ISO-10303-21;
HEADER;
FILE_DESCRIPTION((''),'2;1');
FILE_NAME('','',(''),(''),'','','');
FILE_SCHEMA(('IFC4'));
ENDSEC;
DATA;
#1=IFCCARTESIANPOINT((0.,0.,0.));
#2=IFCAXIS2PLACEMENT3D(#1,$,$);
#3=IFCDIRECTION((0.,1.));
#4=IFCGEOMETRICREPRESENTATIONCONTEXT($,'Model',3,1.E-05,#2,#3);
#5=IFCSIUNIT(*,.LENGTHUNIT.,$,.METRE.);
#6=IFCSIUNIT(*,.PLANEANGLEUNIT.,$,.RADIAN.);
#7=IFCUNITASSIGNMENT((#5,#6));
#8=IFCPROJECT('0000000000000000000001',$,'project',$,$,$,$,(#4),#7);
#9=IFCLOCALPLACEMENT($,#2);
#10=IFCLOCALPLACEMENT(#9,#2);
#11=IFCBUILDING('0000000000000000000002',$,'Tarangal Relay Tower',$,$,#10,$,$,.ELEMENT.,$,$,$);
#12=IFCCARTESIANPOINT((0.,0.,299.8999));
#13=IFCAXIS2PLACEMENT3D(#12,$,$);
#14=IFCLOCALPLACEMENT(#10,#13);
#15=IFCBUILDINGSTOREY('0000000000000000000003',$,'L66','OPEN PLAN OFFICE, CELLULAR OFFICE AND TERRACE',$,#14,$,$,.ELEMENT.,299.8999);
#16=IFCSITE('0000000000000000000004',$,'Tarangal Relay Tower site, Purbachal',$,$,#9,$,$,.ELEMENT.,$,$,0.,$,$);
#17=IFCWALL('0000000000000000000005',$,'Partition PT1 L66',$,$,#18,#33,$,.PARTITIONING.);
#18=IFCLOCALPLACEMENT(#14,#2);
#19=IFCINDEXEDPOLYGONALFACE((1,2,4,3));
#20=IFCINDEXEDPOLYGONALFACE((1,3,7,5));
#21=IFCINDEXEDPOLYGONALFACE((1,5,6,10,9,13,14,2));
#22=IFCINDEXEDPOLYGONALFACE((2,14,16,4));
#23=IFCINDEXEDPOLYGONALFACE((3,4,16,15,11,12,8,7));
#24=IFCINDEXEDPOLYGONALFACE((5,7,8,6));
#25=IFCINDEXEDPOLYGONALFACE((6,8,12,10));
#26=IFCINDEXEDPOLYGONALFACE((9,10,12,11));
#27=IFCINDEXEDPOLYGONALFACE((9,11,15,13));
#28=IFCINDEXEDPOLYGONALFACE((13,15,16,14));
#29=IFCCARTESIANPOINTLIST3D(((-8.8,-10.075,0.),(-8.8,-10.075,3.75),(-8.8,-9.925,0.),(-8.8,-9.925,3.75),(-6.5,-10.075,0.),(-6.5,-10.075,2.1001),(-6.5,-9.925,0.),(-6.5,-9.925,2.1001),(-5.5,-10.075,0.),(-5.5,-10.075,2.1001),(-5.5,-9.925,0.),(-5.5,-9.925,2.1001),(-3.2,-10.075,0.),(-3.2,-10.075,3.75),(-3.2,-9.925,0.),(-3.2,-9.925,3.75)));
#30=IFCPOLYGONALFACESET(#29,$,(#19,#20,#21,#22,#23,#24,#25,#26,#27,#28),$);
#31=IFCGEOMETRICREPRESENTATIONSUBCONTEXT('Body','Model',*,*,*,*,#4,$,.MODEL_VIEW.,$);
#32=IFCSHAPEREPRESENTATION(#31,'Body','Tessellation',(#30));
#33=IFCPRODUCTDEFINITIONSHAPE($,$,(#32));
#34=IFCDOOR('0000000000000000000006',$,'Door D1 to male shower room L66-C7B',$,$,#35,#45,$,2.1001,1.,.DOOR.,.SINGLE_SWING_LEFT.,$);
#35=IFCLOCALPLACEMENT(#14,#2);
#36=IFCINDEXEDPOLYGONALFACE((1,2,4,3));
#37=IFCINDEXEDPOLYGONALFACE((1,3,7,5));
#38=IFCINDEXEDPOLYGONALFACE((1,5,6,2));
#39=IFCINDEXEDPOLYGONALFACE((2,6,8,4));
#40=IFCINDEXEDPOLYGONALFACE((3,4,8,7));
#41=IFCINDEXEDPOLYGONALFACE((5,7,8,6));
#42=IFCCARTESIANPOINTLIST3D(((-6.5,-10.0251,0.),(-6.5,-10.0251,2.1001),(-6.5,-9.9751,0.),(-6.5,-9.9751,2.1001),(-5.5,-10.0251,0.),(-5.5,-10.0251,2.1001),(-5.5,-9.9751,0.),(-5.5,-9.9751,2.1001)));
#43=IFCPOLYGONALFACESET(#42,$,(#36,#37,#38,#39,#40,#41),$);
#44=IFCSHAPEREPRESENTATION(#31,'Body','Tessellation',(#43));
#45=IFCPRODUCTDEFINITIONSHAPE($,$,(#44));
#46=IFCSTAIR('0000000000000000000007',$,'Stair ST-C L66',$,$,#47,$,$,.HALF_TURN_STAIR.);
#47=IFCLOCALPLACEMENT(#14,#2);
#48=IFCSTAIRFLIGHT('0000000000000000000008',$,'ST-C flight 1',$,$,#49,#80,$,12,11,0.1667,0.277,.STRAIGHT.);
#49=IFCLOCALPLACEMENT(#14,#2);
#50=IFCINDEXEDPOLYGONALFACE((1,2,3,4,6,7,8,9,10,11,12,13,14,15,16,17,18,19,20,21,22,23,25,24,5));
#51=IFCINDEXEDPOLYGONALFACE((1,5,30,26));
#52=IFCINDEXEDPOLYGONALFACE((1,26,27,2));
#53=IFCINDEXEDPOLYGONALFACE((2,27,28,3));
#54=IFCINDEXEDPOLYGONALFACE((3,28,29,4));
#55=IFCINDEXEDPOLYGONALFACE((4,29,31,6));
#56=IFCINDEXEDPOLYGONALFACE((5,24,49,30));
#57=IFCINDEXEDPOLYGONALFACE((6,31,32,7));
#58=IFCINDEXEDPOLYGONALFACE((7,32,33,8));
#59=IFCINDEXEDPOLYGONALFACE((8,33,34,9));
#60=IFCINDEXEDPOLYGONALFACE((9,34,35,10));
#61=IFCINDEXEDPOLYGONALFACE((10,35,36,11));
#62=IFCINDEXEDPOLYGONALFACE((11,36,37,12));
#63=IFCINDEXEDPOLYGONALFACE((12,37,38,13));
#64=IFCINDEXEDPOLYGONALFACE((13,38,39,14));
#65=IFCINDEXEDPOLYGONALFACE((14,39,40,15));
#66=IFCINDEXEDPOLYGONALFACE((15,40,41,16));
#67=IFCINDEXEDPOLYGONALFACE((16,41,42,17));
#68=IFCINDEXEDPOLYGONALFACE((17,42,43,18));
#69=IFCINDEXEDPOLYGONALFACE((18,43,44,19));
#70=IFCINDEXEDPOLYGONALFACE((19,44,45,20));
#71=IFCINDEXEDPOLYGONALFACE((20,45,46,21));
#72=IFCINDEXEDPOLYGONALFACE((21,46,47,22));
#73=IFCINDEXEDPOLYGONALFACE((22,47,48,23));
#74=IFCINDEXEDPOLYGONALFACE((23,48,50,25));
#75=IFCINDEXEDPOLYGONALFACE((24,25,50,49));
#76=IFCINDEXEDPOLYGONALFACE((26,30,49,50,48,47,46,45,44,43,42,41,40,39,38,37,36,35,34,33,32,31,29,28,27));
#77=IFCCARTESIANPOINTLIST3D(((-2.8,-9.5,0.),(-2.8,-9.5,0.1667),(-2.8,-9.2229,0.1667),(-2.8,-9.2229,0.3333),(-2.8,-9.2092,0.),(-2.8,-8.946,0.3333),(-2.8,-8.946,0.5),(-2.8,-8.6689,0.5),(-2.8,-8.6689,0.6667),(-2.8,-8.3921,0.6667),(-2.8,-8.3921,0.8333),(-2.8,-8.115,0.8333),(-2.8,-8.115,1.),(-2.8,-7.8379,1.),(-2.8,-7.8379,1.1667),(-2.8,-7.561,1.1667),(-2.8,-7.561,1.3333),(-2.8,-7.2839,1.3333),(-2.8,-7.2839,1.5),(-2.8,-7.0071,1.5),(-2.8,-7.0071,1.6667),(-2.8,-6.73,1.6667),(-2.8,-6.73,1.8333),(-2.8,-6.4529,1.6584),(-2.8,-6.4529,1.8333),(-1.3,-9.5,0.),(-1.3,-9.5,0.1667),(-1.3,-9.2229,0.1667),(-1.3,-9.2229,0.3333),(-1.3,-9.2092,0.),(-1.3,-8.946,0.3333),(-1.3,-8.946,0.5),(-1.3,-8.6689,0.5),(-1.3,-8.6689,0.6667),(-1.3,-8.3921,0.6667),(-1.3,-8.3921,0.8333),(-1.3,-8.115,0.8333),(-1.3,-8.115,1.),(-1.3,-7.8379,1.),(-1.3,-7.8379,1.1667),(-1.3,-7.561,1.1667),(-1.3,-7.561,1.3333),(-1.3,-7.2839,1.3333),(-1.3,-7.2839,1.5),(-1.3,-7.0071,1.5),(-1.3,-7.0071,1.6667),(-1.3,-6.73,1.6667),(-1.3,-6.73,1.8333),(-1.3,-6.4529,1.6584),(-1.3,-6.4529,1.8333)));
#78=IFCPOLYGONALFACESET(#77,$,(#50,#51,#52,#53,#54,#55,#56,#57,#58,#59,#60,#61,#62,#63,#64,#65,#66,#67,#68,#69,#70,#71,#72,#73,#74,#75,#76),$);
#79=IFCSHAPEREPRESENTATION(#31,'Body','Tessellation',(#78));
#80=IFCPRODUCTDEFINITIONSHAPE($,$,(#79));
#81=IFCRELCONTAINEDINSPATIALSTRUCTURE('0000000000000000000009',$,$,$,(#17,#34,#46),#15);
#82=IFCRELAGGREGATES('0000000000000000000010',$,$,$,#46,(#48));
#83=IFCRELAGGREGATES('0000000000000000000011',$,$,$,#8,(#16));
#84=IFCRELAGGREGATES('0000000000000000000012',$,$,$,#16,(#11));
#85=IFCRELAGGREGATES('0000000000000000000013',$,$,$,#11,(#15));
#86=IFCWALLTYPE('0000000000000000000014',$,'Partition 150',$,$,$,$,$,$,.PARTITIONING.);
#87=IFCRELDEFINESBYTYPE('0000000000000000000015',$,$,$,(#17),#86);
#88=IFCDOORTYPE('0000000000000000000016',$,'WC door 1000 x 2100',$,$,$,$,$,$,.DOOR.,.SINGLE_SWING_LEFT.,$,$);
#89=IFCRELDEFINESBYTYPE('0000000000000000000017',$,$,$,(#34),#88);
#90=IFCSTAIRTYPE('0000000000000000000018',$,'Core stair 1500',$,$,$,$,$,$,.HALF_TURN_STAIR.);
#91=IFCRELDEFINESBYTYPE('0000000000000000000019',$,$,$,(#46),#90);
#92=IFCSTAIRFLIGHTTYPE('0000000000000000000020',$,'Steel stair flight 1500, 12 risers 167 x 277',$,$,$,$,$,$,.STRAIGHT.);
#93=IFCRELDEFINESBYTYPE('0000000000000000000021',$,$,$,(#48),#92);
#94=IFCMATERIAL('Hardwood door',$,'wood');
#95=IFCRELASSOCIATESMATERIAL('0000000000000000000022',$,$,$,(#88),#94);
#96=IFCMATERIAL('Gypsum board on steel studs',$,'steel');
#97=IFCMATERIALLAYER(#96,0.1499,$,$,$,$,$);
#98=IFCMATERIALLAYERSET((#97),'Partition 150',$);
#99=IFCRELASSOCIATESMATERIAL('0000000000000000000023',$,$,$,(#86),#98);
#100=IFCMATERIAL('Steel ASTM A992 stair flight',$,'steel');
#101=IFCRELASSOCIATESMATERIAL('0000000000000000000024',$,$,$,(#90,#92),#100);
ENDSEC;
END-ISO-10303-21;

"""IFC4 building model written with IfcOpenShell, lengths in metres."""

from ifc_helpers import new_model, si_unit, direction, frame, frame_2d, origin, place, context, subcontext, project, spatial, polyline, rectangle, outline, extrude, material, layer, layer_set, type_object, element, fill, aggregate, save


model = new_model("IFC4")

# Units and contexts
model_context = context("Model", 3, precision=1e-05, world=origin(), true_north=direction((0.0, 1.0)))
body_context = subcontext(model_context, "Body", "Model", "MODEL_VIEW")
ifc_project = project(units=[si_unit("LENGTHUNIT", "METRE"), si_unit("PLANEANGLEUNIT", "RADIAN")], contexts=[model_context])

# Site, building, storey
site_placement = place(None, origin())
site = spatial("IfcSite", under=ifc_project, at=site_placement, Name="Tarangal Relay Tower site, Purbachal", CompositionType="ELEMENT", RefElevation=0.0)
building_placement = place(site_placement, origin())
building = spatial("IfcBuilding", under=site, at=building_placement, Name="Tarangal Relay Tower", CompositionType="ELEMENT")
storey_placement = place(building_placement, frame((0.0, 0.0, 299.8999)))
storey = spatial("IfcBuildingStorey", under=building, at=storey_placement, Name="L66", Description="OPEN PLAN OFFICE, CELLULAR OFFICE AND TERRACE", CompositionType="ELEMENT", Elevation=299.8999)

# Shared definitions
ifc_material_1 = material(Name="Hardwood door", Category="wood")
door_type_1 = type_object("IfcDoorType", Name="WC door 1000 x 2100", OperationType="SINGLE_SWING_LEFT", PredefinedType="DOOR", material=ifc_material_1)

# Wall, opening, door
ifc_material_2 = material(Name="Gypsum board on steel studs", Category="steel")
ifc_layer_1 = layer(ifc_material_2, 0.1499)
ifc_layer_set_1 = layer_set([ifc_layer_1], Name="Partition 150")
wall_type_1 = type_object("IfcWallType", Name="Partition 150", PredefinedType="PARTITIONING", material=ifc_layer_set_1)
wall_1_placement = place(storey_placement, frame((-8.8, -10.0, 0.0), z_axis=(0.0, 0.0, 1.0), x_axis=(1.0, 0.0, 0.0)))
wall_1 = element("IfcWall", 1, at=wall_1_placement, inside=storey, type_object=wall_type_1, Name="Partition PT1 L66", PredefinedType="PARTITIONING", context=body_context, shape_type="SweptSolid", body=[
    extrude(rectangle(XDim=5.6001, YDim=0.1499, at=frame_2d((2.8, 0.0))), origin(), (0.0, 0.0, 1.0), 3.75),
])
opening_1_placement = place(wall_1_placement, frame((2.3, 0.0, 0.0)))
opening_1 = element("IfcOpeningElement", 2, at=opening_1_placement, cuts=wall_1, PredefinedType="OPENING", context=body_context, shape_type="SweptSolid", body=[
    extrude(rectangle(XDim=1.0, YDim=2.1001, at=frame_2d((0.5, 1.05))), frame((0.0, 0.085, 0.0), z_axis=(0.0, -1.0, 0.0), x_axis=(1.0, 0.0, 0.0)), (0.0, 0.0, 1.0), 0.1699),
])
door_1_placement = place(opening_1_placement, origin())
door_1 = element("IfcDoor", 3, at=door_1_placement, inside=storey, type_object=door_type_1, Name="Door D1 to male shower room L66-C7B", OperationType="SINGLE_SWING_LEFT", OverallHeight=2.1001, OverallWidth=1.0, PredefinedType="DOOR", context=body_context, shape_type="SweptSolid", body=[
    extrude(rectangle(XDim=1.0, YDim=2.1001, at=frame_2d((0.5, 1.05))), frame((0.0, 0.0249, 0.0), z_axis=(0.0, -1.0, 0.0), x_axis=(1.0, 0.0, 0.0)), (0.0, 0.0, 1.0), 0.05),
])
fill(opening_1, door_1)

# Stair, stair flight
ifc_material_3 = material(Name="Steel ASTM A992 stair flight", Category="steel")
stair_type = type_object("IfcStairType", Name="Core stair 1500", PredefinedType="HALF_TURN_STAIR", material=ifc_material_3)
stair_placement = place(storey_placement, origin())
stair = element("IfcStair", 4, at=stair_placement, inside=storey, type_object=stair_type, Name="Stair ST-C L66", PredefinedType="HALF_TURN_STAIR")
stair_flight_type = type_object("IfcStairFlightType", Name="Steel stair flight 1500, 12 risers 167 x 277", PredefinedType="STRAIGHT", material=ifc_material_3)
stair_flight_placement = place(storey_placement, frame((-2.05, -9.5, 0.0), z_axis=(0.0, 0.0, 1.0), x_axis=(0.0, 1.0, 0.0)))
stair_flight = element("IfcStairFlight", 5, at=stair_flight_placement, type_object=stair_flight_type, Name="ST-C flight 1", NumberOfRisers=12, NumberOfTreads=11, PredefinedType="STRAIGHT", RiserHeight=0.1667, TreadLength=0.277, context=body_context, shape_type="SweptSolid", body=[
    extrude(outline(polyline([(0.0, 0.0), (0.0, 0.1667), (0.2771, 0.1667), (0.2771, 0.3333), (0.554, 0.3333), (0.554, 0.5), (0.8311, 0.5), (0.8311, 0.6667), (1.1079, 0.6667), (1.1079, 0.8333), (1.385, 0.8333), (1.385, 1.0), (1.6621, 1.0), (1.6621, 1.1667), (1.939, 1.1667), (1.939, 1.3333), (2.2161, 1.3333), (2.2161, 1.5), (2.4929, 1.5), (2.4929, 1.6667), (2.77, 1.6667), (2.77, 1.8333), (3.0471, 1.8333), (3.0471, 2.0), (3.0471, 1.6584), (0.2908, 0.0), (0.0, 0.0)])), frame((0.0, 0.75, 0.0), z_axis=(0.0, -1.0, 0.0), x_axis=(1.0, 0.0, 0.0)), (0.0, 0.0, 1.0), 1.5),
])
aggregate(stair, [stair_flight])

save(model, "model.ifc")
